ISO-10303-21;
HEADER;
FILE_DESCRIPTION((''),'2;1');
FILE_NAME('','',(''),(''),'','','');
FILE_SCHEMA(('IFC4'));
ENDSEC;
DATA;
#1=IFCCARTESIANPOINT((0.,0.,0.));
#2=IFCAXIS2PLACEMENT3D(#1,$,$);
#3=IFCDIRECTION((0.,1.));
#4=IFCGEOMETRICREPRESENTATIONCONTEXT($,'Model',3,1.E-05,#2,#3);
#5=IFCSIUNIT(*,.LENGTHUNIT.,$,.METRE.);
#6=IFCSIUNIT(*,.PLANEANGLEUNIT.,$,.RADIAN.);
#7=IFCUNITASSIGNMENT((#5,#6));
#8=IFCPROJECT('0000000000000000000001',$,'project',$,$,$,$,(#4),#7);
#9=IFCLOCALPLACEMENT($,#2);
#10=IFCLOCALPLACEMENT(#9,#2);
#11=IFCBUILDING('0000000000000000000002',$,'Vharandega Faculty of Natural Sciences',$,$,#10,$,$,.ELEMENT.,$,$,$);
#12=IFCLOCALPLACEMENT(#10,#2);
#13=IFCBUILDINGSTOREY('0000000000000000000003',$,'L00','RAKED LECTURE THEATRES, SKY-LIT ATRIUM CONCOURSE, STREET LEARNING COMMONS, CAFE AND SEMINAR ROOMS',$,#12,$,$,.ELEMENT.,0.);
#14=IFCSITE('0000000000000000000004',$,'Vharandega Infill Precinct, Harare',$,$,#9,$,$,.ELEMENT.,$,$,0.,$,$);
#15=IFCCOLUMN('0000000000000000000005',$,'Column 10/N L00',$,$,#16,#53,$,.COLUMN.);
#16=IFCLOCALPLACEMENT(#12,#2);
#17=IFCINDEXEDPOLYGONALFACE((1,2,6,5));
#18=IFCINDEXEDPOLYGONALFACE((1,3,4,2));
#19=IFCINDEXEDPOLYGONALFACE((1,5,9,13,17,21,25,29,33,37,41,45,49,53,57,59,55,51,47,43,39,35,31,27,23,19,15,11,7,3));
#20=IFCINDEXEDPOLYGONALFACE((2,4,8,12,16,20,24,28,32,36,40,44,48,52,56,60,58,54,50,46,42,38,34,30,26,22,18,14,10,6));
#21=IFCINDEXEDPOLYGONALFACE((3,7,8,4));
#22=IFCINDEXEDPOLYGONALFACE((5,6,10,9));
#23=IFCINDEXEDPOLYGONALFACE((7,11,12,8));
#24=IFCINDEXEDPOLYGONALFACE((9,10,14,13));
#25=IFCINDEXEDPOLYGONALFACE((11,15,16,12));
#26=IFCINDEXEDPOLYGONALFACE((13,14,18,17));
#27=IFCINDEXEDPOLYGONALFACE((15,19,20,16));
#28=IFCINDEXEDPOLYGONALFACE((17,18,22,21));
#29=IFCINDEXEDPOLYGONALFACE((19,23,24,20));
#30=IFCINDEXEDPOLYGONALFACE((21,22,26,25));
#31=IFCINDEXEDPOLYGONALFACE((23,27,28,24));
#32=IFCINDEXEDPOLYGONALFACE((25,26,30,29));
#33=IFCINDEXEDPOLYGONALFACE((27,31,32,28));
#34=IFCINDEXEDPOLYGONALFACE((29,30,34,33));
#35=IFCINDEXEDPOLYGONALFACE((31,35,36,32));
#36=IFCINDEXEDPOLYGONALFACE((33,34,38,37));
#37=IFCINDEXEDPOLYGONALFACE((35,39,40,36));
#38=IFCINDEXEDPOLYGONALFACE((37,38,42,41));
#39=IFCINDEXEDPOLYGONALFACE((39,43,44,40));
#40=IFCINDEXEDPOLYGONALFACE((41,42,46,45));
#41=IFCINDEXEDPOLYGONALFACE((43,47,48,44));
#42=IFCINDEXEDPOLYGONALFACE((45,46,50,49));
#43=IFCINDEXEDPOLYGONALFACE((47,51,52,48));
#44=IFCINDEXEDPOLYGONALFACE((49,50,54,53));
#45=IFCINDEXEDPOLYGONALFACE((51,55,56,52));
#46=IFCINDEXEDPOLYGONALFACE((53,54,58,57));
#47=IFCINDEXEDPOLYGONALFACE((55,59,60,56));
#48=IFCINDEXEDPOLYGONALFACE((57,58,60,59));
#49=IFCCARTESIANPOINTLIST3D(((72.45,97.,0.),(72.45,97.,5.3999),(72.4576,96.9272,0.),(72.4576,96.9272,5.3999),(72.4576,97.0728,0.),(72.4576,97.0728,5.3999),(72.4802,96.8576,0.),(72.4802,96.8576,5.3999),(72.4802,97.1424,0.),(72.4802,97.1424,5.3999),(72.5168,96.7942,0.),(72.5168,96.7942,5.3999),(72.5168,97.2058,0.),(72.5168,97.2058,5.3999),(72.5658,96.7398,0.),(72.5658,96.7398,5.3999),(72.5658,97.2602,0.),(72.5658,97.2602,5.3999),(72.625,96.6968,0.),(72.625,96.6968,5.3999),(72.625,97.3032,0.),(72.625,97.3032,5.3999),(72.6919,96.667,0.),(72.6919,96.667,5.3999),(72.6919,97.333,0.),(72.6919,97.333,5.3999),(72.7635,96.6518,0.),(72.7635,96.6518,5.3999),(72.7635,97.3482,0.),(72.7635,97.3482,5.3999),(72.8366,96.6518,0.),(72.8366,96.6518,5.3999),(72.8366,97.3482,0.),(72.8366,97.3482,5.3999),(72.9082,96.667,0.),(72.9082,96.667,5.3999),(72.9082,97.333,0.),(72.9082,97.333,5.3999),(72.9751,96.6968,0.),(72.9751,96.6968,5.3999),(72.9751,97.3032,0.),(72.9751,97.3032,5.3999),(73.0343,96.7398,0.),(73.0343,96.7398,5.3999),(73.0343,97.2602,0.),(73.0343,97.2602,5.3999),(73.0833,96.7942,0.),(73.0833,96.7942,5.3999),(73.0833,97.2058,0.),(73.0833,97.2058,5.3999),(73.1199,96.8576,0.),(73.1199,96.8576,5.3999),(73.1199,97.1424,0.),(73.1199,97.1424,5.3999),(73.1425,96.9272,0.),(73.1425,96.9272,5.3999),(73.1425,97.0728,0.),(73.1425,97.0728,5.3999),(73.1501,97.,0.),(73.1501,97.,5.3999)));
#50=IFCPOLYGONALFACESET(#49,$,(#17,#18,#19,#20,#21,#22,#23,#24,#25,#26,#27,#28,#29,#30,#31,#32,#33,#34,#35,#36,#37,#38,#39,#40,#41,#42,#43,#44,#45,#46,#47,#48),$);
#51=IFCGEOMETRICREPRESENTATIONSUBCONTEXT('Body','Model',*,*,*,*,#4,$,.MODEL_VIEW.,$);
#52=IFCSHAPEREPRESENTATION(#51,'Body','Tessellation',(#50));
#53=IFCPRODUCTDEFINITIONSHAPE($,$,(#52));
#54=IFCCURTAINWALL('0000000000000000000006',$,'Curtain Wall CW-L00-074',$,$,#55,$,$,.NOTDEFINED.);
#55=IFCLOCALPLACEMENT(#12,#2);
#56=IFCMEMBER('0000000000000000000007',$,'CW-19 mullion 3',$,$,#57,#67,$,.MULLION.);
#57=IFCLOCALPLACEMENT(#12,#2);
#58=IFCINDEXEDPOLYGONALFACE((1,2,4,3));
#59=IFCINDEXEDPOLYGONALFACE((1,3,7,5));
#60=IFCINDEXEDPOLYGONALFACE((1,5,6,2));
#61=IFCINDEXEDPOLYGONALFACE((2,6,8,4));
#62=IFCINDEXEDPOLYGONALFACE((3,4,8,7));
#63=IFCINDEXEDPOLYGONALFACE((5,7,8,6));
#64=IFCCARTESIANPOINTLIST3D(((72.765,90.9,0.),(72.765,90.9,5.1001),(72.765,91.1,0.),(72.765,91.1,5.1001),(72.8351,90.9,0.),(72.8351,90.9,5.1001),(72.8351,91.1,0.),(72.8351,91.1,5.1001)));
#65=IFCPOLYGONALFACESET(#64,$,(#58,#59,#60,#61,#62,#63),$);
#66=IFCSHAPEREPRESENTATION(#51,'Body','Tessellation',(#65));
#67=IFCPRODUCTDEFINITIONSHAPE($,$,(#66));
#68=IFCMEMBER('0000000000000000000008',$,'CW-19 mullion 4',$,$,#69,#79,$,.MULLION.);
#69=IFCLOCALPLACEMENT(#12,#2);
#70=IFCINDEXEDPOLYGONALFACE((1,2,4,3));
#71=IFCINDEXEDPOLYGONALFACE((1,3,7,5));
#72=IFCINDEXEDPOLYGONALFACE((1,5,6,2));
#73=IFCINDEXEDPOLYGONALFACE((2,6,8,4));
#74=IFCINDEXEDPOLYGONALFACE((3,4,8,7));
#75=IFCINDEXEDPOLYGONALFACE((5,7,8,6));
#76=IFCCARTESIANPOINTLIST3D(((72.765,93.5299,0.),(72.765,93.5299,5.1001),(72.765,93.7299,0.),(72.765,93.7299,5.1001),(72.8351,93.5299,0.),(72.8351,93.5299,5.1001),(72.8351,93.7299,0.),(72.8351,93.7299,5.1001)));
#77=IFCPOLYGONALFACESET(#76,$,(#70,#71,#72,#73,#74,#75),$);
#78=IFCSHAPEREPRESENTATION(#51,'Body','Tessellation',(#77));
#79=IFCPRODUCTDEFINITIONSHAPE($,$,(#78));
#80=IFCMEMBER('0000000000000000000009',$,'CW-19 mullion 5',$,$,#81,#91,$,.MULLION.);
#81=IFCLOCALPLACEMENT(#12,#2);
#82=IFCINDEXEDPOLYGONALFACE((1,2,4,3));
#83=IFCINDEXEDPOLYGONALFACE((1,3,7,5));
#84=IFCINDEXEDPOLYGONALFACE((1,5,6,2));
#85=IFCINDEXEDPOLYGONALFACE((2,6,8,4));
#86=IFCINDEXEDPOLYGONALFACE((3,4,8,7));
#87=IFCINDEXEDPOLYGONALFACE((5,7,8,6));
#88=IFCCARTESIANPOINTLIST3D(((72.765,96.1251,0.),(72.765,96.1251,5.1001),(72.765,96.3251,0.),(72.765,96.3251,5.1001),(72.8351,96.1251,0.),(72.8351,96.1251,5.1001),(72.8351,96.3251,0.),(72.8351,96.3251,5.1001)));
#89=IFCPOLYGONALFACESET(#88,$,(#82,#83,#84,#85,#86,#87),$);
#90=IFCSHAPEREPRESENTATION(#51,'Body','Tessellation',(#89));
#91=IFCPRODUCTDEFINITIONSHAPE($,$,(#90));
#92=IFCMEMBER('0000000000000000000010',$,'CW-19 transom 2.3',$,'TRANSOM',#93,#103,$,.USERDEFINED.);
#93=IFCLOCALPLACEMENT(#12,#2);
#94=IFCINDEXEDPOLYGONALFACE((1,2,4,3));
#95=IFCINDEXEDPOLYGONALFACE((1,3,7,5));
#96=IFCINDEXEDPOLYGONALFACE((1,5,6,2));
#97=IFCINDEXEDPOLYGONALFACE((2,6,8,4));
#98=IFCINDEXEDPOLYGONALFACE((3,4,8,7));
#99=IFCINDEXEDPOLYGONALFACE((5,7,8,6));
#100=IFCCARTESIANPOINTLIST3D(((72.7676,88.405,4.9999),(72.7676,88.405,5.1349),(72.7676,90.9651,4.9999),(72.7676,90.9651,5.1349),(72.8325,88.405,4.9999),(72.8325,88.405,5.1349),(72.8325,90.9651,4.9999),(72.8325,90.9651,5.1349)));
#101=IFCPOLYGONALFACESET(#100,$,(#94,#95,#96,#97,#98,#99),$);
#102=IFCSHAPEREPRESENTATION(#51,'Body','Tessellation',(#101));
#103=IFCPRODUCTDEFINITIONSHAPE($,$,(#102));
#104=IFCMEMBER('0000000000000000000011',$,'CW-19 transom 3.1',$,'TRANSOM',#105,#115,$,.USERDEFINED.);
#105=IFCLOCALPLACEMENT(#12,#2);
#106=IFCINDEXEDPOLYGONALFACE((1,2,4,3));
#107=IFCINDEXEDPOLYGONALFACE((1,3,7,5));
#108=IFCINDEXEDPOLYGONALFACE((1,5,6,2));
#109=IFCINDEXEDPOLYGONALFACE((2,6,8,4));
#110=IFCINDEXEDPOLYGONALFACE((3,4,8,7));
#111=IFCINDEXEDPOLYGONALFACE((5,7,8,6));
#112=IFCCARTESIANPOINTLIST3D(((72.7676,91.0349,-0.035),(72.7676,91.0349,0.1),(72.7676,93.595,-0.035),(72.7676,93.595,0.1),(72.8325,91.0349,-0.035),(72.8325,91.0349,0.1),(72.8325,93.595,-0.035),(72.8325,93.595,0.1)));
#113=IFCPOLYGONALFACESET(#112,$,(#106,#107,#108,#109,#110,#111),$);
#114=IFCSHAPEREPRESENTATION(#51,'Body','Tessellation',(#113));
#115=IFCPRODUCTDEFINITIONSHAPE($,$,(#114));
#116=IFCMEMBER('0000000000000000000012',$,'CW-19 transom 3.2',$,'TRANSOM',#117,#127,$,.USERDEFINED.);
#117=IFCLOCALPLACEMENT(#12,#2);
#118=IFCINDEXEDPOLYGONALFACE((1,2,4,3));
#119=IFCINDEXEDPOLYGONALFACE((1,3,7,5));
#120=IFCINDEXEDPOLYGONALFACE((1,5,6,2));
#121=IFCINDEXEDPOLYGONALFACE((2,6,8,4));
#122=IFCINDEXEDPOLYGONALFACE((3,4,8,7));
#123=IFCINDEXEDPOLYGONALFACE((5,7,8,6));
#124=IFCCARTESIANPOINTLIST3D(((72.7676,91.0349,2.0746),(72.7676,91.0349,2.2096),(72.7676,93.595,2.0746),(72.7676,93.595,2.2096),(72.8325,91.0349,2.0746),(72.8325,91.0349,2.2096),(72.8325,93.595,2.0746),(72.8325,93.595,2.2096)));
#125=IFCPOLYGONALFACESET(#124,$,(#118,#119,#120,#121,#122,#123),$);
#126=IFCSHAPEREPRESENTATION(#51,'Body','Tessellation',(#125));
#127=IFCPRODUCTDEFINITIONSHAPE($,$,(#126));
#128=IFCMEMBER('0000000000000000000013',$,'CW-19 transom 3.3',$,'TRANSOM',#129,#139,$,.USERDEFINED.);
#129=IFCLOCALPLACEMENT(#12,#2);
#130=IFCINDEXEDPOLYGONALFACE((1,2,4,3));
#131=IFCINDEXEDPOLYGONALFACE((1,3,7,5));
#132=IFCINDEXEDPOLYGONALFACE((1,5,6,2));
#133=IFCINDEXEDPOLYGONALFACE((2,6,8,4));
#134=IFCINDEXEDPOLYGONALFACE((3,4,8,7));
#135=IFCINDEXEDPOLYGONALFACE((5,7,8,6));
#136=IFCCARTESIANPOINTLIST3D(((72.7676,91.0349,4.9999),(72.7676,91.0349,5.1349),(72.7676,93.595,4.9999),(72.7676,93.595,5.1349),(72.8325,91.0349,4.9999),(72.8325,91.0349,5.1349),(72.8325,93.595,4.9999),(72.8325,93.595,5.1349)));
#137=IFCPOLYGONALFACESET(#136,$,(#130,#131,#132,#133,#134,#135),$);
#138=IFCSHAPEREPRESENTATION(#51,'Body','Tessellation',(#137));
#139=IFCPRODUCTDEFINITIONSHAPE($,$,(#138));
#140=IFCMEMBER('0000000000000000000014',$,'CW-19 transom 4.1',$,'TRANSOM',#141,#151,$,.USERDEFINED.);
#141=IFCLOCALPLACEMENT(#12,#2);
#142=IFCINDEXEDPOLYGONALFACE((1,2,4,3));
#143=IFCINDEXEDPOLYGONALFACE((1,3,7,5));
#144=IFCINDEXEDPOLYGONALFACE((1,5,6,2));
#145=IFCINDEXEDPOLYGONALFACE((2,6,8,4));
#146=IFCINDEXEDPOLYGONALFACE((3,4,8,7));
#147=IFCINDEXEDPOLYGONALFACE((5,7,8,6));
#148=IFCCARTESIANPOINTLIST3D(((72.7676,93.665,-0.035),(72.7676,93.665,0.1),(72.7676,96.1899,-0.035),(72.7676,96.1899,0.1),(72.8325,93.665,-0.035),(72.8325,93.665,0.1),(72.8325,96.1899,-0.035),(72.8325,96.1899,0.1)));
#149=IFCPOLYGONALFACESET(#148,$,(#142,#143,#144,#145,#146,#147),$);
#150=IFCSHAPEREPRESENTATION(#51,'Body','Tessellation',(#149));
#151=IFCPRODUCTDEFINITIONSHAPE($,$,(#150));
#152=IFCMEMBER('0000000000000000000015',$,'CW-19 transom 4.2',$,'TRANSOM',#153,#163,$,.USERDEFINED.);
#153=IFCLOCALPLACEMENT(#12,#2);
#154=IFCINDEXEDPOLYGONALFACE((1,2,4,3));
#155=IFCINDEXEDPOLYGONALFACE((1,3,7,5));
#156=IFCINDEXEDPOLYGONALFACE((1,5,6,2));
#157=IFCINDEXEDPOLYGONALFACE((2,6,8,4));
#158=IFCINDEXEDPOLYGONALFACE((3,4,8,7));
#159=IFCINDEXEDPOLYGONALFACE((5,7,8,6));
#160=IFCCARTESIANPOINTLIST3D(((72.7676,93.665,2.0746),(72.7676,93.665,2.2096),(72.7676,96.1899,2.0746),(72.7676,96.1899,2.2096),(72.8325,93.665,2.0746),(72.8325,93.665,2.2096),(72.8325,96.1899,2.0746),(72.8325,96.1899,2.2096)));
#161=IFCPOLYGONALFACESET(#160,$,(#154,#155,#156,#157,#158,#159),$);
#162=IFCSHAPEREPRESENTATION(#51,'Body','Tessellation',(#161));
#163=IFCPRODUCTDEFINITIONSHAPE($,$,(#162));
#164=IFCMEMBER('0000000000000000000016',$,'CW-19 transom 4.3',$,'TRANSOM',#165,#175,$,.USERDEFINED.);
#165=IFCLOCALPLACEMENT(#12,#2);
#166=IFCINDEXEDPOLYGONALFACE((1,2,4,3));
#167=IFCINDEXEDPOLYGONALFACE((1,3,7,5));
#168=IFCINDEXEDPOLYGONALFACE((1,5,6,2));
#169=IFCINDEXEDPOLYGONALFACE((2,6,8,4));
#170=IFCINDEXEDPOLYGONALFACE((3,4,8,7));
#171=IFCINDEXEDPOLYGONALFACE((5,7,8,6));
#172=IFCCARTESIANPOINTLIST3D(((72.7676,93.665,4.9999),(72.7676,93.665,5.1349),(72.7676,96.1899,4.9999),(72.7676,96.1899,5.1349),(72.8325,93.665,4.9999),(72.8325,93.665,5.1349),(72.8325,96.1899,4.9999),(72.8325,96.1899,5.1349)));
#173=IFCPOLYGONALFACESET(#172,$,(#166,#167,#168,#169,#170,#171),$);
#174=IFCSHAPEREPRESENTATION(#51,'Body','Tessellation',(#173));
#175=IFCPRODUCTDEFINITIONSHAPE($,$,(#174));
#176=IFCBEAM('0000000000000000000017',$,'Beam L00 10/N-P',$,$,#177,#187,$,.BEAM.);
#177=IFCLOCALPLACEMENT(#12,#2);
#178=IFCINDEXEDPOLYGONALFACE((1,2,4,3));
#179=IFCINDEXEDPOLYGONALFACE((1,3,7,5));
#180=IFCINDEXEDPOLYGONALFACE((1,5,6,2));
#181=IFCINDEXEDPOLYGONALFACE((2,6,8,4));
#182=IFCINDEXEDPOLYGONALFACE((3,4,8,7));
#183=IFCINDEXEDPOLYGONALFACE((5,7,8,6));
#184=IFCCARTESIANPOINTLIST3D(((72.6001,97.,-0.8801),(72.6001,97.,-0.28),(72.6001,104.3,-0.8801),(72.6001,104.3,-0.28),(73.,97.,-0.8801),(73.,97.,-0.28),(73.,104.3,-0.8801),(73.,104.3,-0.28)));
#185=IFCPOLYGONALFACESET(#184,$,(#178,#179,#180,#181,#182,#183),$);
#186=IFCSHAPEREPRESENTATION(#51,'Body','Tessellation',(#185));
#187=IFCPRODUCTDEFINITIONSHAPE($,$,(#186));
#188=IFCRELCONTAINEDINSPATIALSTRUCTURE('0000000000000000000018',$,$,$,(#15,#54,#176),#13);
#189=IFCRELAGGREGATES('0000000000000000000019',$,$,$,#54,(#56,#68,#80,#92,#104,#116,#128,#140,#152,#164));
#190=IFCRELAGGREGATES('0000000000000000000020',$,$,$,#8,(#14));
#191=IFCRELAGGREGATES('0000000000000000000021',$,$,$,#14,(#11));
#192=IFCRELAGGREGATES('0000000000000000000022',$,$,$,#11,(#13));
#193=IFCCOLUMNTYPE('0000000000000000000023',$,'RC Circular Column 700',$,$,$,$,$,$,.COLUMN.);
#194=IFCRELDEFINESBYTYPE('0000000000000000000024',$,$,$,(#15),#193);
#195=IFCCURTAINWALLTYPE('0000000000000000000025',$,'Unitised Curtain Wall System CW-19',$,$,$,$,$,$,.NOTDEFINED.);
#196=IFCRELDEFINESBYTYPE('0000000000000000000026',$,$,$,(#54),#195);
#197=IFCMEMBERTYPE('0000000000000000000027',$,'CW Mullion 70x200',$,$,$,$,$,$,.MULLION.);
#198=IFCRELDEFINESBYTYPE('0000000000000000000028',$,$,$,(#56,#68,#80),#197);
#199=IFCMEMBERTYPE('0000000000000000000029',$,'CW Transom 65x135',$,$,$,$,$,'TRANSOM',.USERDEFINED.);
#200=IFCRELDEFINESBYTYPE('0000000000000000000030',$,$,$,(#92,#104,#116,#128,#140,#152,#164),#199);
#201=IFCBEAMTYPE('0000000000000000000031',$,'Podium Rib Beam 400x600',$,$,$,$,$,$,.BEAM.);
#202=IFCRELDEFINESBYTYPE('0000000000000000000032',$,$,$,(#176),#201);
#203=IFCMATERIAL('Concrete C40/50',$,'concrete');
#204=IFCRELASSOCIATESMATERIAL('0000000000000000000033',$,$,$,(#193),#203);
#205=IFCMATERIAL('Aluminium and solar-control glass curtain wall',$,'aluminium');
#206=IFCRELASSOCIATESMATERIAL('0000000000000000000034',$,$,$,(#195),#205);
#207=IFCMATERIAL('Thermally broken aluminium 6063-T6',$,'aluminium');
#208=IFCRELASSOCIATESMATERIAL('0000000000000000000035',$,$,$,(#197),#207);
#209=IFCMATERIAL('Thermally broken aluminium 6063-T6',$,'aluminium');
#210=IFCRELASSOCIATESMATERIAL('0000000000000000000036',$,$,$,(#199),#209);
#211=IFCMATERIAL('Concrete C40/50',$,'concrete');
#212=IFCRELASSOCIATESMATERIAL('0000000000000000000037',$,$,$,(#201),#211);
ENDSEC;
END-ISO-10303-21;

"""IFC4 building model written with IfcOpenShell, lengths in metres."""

from ifc_helpers import new_model, si_unit, direction, frame, origin, origin_2d, place, context, subcontext, project, spatial, rectangle, circle, extrude, material, material_profile, profile_set, type_object, element, aggregate, save


model = new_model("IFC4")

# Units and contexts
model_context = context("Model", 3, precision=1e-05, world=origin(), true_north=direction((0.0, 1.0)))
body_context = subcontext(model_context, "Body", "Model", "MODEL_VIEW")
ifc_project = project(units=[si_unit("LENGTHUNIT", "METRE"), si_unit("PLANEANGLEUNIT", "RADIAN")], contexts=[model_context])

# Site, building, storey
site_placement = place(None, origin())
site = spatial("IfcSite", under=ifc_project, at=site_placement, Name="Vharandega Infill Precinct, Harare", CompositionType="ELEMENT", RefElevation=0.0)
building_placement = place(site_placement, origin())
building = spatial("IfcBuilding", under=site, at=building_placement, Name="Vharandega Faculty of Natural Sciences", CompositionType="ELEMENT")
storey_placement = place(building_placement, origin())
storey = spatial("IfcBuildingStorey", under=building, at=storey_placement, Name="L00", Description="RAKED LECTURE THEATRES, SKY-LIT ATRIUM CONCOURSE, STREET LEARNING COMMONS, CAFE AND SEMINAR ROOMS", CompositionType="ELEMENT", Elevation=0.0)

# Column
ifc_material_1 = material(Name="Concrete C40/50", Category="concrete")
ifc_material_profile_1 = material_profile(ifc_material_1, circle(Radius=0.3501, at=origin_2d()), Name="RC-CIRC 700")
ifc_profile_set_1 = profile_set([ifc_material_profile_1], Name="Concrete C40/50")
column_type = type_object("IfcColumnType", Name="RC Circular Column 700", PredefinedType="COLUMN", material=ifc_profile_set_1)
column_placement = place(storey_placement, frame((72.8, 97.0, 0.0), z_axis=(0.0, 0.0, 1.0), x_axis=(1.0, 0.0, 0.0)))
element("IfcColumn", 1, at=column_placement, inside=storey, type_object=column_type, Name="Column 10/N L00", PredefinedType="COLUMN", context=body_context, shape_type="SweptSolid", body=[
    extrude(circle(Radius=0.3501, at=origin_2d()), origin(), (0.0, 0.0, 1.0), 5.3999),
])

# Curtain wall, members
ifc_material_2 = material(Name="Aluminium and solar-control glass curtain wall", Category="aluminium")
curtain_wall_type = type_object("IfcCurtainWallType", Name="Unitised Curtain Wall System CW-19", PredefinedType="NOTDEFINED", material=ifc_material_2)
curtain_wall_placement = place(storey_placement, origin())
curtain_wall = element("IfcCurtainWall", 2, at=curtain_wall_placement, inside=storey, type_object=curtain_wall_type, Name="Curtain Wall CW-L00-074", PredefinedType="NOTDEFINED")
ifc_material_3 = material(Name="Thermally broken aluminium 6063-T6", Category="aluminium")
ifc_material_profile_2 = material_profile(ifc_material_3, rectangle(XDim=0.0701, YDim=0.2, at=origin_2d()), Name="ALU 70x200")
ifc_profile_set_2 = profile_set([ifc_material_profile_2], Name="Thermally broken aluminium 6063-T6")
member_type_1 = type_object("IfcMemberType", Name="CW Mullion 70x200", PredefinedType="MULLION", material=ifc_profile_set_2)
member_1_placement = place(storey_placement, frame((72.8, 91.0, 0.0), z_axis=(0.0, 0.0, 1.0), x_axis=(-1.0, 0.0, 0.0)))
member_1 = element("IfcMember", 3, at=member_1_placement, type_object=member_type_1, Name="CW-19 mullion 3", PredefinedType="MULLION", context=body_context, shape_type="SweptSolid", body=[
    extrude(rectangle(XDim=0.0701, YDim=0.2, at=origin_2d()), origin(), (0.0, 0.0, 1.0), 5.1001),
])
member_2_placement = place(storey_placement, frame((72.8, 93.6299, 0.0), z_axis=(0.0, 0.0, 1.0), x_axis=(-1.0, 0.0, 0.0)))
member_2 = element("IfcMember", 4, at=member_2_placement, type_object=member_type_1, Name="CW-19 mullion 4", PredefinedType="MULLION", context=body_context, shape_type="SweptSolid", body=[
    extrude(rectangle(XDim=0.0701, YDim=0.2, at=origin_2d()), origin(), (0.0, 0.0, 1.0), 5.1001),
])
member_3_placement = place(storey_placement, frame((72.8, 96.2251, 0.0), z_axis=(0.0, 0.0, 1.0), x_axis=(-1.0, 0.0, 0.0)))
member_3 = element("IfcMember", 5, at=member_3_placement, type_object=member_type_1, Name="CW-19 mullion 5", PredefinedType="MULLION", context=body_context, shape_type="SweptSolid", body=[
    extrude(rectangle(XDim=0.0701, YDim=0.2, at=origin_2d()), origin(), (0.0, 0.0, 1.0), 5.1001),
])
ifc_material_4 = material(Name="Thermally broken aluminium 6063-T6", Category="aluminium")
ifc_material_profile_3 = material_profile(ifc_material_4, rectangle(XDim=0.0649, YDim=0.135, at=origin_2d()), Name="ALU 65x135")
ifc_profile_set_3 = profile_set([ifc_material_profile_3], Name="Thermally broken aluminium 6063-T6")
member_type_2 = type_object("IfcMemberType", Name="CW Transom 65x135", ElementType="TRANSOM", PredefinedType="USERDEFINED", material=ifc_profile_set_3)
member_4_placement = place(storey_placement, frame((72.8, 88.405, 5.0674), z_axis=(0.0, 1.0, 0.0), x_axis=(-1.0, 0.0, 0.0)))
member_4 = element("IfcMember", 6, at=member_4_placement, type_object=member_type_2, Name="CW-19 transom 2.3", ObjectType="TRANSOM", PredefinedType="USERDEFINED", context=body_context, shape_type="SweptSolid", body=[
    extrude(rectangle(XDim=0.0649, YDim=0.135, at=origin_2d()), origin(), (0.0, 0.0, 1.0), 2.5601),
])
member_5_placement = place(storey_placement, frame((72.8, 91.0349, 0.0325), z_axis=(0.0, 1.0, 0.0), x_axis=(-1.0, 0.0, 0.0)))
member_5 = element("IfcMember", 7, at=member_5_placement, type_object=member_type_2, Name="CW-19 transom 3.1", ObjectType="TRANSOM", PredefinedType="USERDEFINED", context=body_context, shape_type="SweptSolid", body=[
    extrude(rectangle(XDim=0.0649, YDim=0.135, at=origin_2d()), origin(), (0.0, 0.0, 1.0), 2.5601),
])
member_6_placement = place(storey_placement, frame((72.8, 91.0349, 2.1421), z_axis=(0.0, 1.0, 0.0), x_axis=(-1.0, 0.0, 0.0)))
member_6 = element("IfcMember", 8, at=member_6_placement, type_object=member_type_2, Name="CW-19 transom 3.2", ObjectType="TRANSOM", PredefinedType="USERDEFINED", context=body_context, shape_type="SweptSolid", body=[
    extrude(rectangle(XDim=0.0649, YDim=0.135, at=origin_2d()), origin(), (0.0, 0.0, 1.0), 2.5601),
])
member_7_placement = place(storey_placement, frame((72.8, 91.0349, 5.0674), z_axis=(0.0, 1.0, 0.0), x_axis=(-1.0, 0.0, 0.0)))
member_7 = element("IfcMember", 9, at=member_7_placement, type_object=member_type_2, Name="CW-19 transom 3.3", ObjectType="TRANSOM", PredefinedType="USERDEFINED", context=body_context, shape_type="SweptSolid", body=[
    extrude(rectangle(XDim=0.0649, YDim=0.135, at=origin_2d()), origin(), (0.0, 0.0, 1.0), 2.5601),
])
member_8_placement = place(storey_placement, frame((72.8, 93.665, 0.0325), z_axis=(0.0, 1.0, 0.0), x_axis=(-1.0, 0.0, 0.0)))
member_8 = element("IfcMember", 10, at=member_8_placement, type_object=member_type_2, Name="CW-19 transom 4.1", ObjectType="TRANSOM", PredefinedType="USERDEFINED", context=body_context, shape_type="SweptSolid", body=[
    extrude(rectangle(XDim=0.0649, YDim=0.135, at=origin_2d()), origin(), (0.0, 0.0, 1.0), 2.5249),
])
member_9_placement = place(storey_placement, frame((72.8, 93.665, 2.1421), z_axis=(0.0, 1.0, 0.0), x_axis=(-1.0, 0.0, 0.0)))
member_9 = element("IfcMember", 11, at=member_9_placement, type_object=member_type_2, Name="CW-19 transom 4.2", ObjectType="TRANSOM", PredefinedType="USERDEFINED", context=body_context, shape_type="SweptSolid", body=[
    extrude(rectangle(XDim=0.0649, YDim=0.135, at=origin_2d()), origin(), (0.0, 0.0, 1.0), 2.5249),
])
member_10_placement = place(storey_placement, frame((72.8, 93.665, 5.0674), z_axis=(0.0, 1.0, 0.0), x_axis=(-1.0, 0.0, 0.0)))
member_10 = element("IfcMember", 12, at=member_10_placement, type_object=member_type_2, Name="CW-19 transom 4.3", ObjectType="TRANSOM", PredefinedType="USERDEFINED", context=body_context, shape_type="SweptSolid", body=[
    extrude(rectangle(XDim=0.0649, YDim=0.135, at=origin_2d()), origin(), (0.0, 0.0, 1.0), 2.5249),
])

# Beam
ifc_material_5 = material(Name="Concrete C40/50", Category="concrete")
ifc_material_profile_4 = material_profile(ifc_material_5, rectangle(XDim=0.3999, YDim=0.6001, at=origin_2d()), Name="RC 400x600")
ifc_profile_set_4 = profile_set([ifc_material_profile_4], Name="Concrete C40/50")
beam_type_1 = type_object("IfcBeamType", Name="Podium Rib Beam 400x600", PredefinedType="BEAM", material=ifc_profile_set_4)
beam_1_placement = place(storey_placement, frame((72.8, 97.0, -0.5801), z_axis=(0.0, 1.0, 0.0), x_axis=(-1.0, 0.0, 0.0)))
element("IfcBeam", 13, at=beam_1_placement, inside=storey, type_object=beam_type_1, Name="Beam L00 10/N-P", PredefinedType="BEAM", context=body_context, shape_type="SweptSolid", body=[
    extrude(rectangle(XDim=0.3999, YDim=0.6001, at=origin_2d()), origin(), (0.0, 0.0, 1.0), 7.3),
])

aggregate(curtain_wall, [member_1, member_2, member_3, member_4, member_5, member_6, member_7, member_8, member_9, member_10])

save(model, "model.ifc")
